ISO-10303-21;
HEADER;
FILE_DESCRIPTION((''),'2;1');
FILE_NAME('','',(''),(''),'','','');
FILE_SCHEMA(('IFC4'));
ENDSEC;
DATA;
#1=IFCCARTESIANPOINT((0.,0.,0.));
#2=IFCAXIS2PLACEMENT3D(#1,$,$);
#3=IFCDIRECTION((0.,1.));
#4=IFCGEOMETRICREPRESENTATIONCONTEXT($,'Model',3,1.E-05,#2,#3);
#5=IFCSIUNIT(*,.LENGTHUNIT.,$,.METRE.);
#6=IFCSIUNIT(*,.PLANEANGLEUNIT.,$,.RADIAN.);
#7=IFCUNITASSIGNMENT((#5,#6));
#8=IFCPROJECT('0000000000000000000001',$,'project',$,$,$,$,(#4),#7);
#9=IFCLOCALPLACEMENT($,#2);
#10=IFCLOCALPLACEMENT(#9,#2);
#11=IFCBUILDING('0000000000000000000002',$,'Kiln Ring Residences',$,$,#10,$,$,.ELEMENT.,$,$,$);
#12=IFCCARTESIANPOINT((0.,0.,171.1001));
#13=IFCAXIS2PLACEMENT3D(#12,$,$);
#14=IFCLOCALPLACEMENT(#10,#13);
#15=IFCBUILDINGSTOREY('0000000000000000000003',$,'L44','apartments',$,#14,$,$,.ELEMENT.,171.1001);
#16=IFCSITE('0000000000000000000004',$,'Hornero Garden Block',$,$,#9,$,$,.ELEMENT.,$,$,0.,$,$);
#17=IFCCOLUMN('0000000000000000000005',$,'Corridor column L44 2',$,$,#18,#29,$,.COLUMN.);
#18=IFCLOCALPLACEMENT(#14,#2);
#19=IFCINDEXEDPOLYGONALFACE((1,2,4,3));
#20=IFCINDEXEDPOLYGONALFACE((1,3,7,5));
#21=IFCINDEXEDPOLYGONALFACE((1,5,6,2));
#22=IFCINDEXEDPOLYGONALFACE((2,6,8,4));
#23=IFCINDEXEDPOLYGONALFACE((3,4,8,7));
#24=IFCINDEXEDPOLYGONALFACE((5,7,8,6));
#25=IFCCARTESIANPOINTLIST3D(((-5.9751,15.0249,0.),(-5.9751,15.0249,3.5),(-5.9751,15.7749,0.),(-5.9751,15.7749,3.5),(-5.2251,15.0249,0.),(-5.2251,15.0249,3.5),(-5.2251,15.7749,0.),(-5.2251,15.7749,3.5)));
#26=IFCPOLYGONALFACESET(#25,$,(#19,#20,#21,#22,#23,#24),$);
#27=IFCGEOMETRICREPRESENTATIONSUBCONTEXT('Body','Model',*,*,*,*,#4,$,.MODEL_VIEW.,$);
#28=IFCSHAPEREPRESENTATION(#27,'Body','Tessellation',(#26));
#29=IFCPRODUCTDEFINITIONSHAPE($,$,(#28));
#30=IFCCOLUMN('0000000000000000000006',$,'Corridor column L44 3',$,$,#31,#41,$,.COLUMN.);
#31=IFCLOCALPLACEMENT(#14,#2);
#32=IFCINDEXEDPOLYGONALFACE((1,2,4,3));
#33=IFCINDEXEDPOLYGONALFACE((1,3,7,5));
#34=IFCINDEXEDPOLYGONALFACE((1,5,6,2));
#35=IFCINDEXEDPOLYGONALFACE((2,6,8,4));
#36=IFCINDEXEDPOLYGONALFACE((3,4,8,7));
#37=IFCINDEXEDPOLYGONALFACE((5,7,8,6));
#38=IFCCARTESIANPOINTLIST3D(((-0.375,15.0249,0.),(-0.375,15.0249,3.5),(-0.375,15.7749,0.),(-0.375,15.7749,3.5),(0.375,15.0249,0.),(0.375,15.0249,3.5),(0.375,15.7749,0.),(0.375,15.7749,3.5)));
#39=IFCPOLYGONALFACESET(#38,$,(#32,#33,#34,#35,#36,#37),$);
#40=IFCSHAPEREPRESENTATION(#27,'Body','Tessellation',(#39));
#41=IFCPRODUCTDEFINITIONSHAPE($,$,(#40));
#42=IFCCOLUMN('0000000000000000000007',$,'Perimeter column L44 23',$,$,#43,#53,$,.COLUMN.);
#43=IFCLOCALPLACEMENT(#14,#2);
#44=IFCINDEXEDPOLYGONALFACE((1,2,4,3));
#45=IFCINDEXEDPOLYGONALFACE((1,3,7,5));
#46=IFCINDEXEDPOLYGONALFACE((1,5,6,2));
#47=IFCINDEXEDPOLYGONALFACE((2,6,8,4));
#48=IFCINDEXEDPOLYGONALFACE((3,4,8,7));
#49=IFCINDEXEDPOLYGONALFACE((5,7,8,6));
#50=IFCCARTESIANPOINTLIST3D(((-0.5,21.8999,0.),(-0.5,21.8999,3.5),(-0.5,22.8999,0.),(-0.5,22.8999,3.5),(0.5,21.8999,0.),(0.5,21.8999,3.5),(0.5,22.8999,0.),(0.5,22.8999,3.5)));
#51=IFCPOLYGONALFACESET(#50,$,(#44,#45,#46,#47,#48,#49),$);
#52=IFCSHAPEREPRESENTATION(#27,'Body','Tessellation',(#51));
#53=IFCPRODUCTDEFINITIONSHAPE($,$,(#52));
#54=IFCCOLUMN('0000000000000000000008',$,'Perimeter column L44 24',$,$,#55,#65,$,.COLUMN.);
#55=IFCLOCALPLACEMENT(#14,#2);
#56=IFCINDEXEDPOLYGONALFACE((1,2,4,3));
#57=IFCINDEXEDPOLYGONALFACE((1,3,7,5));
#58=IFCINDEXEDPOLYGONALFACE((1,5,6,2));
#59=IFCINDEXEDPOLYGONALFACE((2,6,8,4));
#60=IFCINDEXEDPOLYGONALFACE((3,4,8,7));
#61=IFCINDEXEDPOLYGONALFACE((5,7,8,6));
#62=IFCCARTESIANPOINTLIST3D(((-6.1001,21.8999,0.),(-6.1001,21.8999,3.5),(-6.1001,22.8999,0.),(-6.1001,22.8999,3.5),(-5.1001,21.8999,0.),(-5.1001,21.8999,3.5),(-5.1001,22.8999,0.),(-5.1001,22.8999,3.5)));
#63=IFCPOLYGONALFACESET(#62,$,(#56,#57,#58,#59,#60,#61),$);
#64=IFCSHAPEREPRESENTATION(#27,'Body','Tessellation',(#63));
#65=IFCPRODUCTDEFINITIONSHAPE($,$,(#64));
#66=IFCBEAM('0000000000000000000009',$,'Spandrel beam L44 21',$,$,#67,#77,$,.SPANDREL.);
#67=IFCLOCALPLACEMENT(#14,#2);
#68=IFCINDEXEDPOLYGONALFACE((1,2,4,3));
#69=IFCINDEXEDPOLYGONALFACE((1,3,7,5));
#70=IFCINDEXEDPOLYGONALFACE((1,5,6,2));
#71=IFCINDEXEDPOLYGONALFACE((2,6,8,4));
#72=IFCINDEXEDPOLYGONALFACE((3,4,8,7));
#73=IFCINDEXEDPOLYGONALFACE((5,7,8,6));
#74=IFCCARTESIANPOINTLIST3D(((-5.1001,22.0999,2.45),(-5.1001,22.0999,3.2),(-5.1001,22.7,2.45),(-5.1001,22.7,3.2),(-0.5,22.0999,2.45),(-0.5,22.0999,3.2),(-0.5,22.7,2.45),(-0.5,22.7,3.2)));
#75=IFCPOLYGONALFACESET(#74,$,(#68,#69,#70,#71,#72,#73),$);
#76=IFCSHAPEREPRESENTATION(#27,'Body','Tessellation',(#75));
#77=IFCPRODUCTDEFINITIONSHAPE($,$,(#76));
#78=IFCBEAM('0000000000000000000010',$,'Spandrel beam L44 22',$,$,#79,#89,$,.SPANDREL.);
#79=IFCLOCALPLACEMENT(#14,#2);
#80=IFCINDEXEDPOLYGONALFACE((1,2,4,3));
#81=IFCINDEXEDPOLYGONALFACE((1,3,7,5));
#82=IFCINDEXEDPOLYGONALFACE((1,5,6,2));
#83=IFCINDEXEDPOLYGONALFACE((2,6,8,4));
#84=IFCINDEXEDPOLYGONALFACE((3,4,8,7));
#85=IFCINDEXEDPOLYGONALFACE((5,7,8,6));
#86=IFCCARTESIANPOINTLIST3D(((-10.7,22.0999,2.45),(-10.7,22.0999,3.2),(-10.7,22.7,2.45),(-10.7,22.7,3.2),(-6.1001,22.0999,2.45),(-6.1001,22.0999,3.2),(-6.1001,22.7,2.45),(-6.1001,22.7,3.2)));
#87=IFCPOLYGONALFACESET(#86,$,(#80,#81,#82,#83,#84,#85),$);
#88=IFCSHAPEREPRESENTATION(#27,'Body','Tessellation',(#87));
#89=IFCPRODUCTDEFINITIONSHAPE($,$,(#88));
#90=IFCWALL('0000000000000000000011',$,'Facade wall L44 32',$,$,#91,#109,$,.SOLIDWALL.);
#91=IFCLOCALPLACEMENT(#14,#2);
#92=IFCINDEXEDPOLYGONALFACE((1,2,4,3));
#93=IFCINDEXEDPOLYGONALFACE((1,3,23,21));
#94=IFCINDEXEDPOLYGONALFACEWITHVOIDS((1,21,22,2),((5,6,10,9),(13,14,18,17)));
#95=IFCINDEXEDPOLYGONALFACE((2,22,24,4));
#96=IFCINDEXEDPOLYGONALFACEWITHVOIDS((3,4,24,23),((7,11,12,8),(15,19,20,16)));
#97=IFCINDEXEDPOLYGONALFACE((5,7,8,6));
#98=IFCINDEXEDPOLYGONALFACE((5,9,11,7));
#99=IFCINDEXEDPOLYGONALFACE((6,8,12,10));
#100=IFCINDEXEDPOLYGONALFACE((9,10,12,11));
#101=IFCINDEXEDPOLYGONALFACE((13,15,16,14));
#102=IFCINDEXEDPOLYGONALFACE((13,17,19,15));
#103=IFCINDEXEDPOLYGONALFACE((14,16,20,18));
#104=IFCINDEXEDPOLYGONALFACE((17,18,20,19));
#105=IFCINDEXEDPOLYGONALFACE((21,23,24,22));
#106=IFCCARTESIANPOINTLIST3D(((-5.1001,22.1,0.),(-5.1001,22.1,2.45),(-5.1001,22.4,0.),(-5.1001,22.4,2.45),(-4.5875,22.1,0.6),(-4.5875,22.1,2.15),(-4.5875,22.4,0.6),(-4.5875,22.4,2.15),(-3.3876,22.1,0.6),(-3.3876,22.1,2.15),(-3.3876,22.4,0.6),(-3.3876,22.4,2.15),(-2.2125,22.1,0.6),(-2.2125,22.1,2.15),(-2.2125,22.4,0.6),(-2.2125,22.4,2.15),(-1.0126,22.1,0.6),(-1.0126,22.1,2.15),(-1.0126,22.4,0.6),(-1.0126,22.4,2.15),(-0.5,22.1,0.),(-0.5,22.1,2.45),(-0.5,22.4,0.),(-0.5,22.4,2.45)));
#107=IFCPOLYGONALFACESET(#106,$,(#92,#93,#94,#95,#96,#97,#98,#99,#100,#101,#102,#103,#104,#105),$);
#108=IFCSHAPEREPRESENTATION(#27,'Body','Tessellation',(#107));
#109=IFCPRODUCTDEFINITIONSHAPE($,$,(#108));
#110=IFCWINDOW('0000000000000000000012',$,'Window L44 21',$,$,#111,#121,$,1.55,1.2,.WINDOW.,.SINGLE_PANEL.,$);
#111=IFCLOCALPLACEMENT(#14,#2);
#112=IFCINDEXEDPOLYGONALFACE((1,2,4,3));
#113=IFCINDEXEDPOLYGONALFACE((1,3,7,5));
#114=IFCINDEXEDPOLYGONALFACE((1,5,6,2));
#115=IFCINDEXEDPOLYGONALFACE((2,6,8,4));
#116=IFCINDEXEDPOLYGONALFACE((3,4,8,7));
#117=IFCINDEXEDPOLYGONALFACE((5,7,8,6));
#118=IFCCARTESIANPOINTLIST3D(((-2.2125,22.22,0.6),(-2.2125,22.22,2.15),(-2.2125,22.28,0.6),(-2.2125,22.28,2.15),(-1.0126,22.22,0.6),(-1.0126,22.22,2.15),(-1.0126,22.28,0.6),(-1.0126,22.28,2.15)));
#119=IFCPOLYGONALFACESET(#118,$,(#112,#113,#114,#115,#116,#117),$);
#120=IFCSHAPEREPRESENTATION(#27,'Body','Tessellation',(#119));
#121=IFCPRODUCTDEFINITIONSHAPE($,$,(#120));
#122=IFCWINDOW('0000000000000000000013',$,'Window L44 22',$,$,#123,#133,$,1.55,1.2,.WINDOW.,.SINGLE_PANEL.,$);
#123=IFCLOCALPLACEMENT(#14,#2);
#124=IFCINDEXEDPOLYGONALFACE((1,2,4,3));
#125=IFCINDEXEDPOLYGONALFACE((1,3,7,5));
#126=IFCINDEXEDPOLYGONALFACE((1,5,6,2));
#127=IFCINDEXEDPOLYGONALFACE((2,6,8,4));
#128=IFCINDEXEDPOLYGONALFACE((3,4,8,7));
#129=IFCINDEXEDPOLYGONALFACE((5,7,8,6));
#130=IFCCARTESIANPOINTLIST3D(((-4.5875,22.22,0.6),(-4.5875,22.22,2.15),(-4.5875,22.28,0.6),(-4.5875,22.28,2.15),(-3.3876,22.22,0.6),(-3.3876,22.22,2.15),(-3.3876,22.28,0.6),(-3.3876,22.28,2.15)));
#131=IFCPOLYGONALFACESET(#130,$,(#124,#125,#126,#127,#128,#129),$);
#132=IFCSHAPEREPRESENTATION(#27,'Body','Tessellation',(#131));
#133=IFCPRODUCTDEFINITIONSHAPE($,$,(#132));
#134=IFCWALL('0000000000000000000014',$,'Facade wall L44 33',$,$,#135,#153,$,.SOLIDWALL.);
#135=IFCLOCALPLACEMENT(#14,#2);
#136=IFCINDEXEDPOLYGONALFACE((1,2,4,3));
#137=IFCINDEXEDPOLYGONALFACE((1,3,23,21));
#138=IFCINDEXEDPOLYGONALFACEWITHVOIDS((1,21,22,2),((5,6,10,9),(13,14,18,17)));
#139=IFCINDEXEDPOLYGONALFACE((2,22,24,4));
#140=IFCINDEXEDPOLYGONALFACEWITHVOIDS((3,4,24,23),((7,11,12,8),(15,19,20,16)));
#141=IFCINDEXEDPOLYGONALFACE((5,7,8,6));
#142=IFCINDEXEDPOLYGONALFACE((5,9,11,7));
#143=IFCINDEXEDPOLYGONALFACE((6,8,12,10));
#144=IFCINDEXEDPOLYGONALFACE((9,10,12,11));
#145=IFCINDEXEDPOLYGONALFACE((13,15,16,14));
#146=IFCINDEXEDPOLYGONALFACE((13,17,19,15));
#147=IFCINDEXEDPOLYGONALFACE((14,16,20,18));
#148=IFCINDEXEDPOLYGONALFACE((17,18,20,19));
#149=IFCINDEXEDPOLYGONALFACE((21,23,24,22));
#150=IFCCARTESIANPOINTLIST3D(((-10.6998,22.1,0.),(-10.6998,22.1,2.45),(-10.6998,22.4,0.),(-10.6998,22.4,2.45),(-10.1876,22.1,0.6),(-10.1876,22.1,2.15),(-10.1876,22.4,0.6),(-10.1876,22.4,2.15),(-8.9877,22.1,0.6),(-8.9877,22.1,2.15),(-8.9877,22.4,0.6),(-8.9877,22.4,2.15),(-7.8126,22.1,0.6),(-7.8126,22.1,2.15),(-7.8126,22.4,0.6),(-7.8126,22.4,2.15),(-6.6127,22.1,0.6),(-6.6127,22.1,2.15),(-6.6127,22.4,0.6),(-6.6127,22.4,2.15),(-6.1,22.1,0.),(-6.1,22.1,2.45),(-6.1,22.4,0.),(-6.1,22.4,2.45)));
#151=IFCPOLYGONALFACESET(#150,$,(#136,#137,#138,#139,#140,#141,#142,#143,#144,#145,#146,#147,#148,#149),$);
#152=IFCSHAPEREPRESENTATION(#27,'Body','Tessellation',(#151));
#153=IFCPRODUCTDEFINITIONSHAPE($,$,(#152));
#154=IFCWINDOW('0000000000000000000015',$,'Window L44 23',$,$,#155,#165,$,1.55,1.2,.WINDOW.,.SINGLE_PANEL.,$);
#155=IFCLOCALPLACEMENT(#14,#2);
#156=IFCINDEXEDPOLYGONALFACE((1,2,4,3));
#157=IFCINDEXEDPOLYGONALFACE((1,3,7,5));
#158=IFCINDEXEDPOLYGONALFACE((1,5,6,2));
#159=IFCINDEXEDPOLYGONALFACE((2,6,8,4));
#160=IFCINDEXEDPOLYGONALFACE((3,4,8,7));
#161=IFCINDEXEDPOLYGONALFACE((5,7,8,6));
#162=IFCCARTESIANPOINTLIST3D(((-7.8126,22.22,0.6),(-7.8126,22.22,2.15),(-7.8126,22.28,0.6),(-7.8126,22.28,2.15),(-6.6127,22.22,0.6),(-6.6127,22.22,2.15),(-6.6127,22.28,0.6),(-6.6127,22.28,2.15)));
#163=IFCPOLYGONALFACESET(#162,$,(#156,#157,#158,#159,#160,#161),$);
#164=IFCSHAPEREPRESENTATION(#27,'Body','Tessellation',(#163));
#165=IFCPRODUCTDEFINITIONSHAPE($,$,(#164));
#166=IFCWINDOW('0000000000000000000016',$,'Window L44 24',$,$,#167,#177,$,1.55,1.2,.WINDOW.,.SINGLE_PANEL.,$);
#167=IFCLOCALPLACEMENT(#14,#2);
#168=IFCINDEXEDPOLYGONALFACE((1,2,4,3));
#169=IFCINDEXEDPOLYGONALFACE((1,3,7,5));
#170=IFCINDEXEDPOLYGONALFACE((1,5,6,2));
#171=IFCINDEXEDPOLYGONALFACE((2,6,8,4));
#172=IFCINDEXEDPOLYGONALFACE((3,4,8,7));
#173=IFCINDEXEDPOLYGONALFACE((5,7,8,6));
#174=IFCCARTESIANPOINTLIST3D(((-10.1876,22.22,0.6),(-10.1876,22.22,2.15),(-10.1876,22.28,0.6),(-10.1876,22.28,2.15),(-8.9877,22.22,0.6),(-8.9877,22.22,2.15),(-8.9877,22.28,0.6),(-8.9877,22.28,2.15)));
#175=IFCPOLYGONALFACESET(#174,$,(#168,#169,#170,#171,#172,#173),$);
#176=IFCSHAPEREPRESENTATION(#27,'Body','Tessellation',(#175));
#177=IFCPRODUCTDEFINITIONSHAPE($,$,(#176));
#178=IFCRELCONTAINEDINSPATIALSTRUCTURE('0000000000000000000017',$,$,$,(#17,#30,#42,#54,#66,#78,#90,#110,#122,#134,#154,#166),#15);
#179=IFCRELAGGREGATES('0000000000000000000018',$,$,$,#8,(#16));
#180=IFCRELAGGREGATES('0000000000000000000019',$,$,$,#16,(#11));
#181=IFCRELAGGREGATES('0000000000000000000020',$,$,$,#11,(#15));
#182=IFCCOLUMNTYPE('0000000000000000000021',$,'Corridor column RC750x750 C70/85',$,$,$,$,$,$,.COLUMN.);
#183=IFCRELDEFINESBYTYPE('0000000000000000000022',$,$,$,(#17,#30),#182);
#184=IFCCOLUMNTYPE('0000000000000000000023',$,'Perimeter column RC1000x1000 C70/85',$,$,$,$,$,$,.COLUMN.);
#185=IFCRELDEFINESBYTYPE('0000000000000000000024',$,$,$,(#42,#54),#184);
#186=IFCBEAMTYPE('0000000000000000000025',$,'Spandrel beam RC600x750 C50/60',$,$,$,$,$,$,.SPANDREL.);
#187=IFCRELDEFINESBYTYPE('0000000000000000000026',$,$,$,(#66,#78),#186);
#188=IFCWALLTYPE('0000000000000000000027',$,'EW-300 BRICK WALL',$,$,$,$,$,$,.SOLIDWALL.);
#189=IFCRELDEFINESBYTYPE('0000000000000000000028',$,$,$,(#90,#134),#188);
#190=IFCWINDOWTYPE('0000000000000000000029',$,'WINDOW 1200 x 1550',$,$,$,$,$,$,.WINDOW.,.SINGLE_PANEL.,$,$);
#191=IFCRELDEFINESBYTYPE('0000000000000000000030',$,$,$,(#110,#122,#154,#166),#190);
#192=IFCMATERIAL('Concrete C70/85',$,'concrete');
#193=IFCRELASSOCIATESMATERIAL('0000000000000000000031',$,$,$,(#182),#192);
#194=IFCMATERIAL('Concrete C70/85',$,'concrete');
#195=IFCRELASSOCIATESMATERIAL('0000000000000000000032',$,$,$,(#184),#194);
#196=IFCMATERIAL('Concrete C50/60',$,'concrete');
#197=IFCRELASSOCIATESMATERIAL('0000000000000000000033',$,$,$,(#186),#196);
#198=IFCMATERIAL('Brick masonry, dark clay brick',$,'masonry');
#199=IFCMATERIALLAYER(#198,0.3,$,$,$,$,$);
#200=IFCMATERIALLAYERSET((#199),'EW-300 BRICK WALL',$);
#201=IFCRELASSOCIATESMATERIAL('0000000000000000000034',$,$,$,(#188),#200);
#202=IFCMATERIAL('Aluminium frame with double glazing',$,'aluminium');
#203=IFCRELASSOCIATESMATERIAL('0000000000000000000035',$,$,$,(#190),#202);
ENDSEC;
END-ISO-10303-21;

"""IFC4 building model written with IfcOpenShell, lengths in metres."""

from ifc_helpers import new_model, si_unit, direction, frame, frame_2d, origin, origin_2d, place, context, subcontext, project, spatial, rectangle, extrude, material, layer, layer_set, material_profile, profile_set, type_object, element, fill, save


model = new_model("IFC4")

# Units and contexts
model_context = context("Model", 3, precision=1e-05, world=origin(), true_north=direction((0.0, 1.0)))
body_context = subcontext(model_context, "Body", "Model", "MODEL_VIEW")
ifc_project = project(units=[si_unit("LENGTHUNIT", "METRE"), si_unit("PLANEANGLEUNIT", "RADIAN")], contexts=[model_context])

# Site, building, storey
site_placement = place(None, origin())
site = spatial("IfcSite", under=ifc_project, at=site_placement, Name="Hornero Garden Block", CompositionType="ELEMENT", RefElevation=0.0)
building_placement = place(site_placement, origin())
building = spatial("IfcBuilding", under=site, at=building_placement, Name="Kiln Ring Residences", CompositionType="ELEMENT")
storey_placement = place(building_placement, frame((0.0, 0.0, 171.1001)))
storey = spatial("IfcBuildingStorey", under=building, at=storey_placement, Name="L44", Description="apartments", CompositionType="ELEMENT", Elevation=171.1001)

# Columns
ifc_material_1 = material(Name="Concrete C70/85", Category="concrete")
ifc_material_profile_1 = material_profile(ifc_material_1, rectangle(XDim=0.75, YDim=0.75, at=origin_2d()), Name="RC750x750")
ifc_profile_set_1 = profile_set([ifc_material_profile_1], Name="Concrete C70/85")
column_type_1 = type_object("IfcColumnType", Name="Corridor column RC750x750 C70/85", PredefinedType="COLUMN", material=ifc_profile_set_1)
for number, where, z_axis, x_axis, name in (
    (1, (-5.6001, 15.3999, 0.0), (0.0, 0.0, 1.0), (1.0, 0.0, 0.0), "Corridor column L44 2"),
    (2, (0.0, 15.3999, 0.0), (0.0, 0.0, 1.0), (1.0, 0.0, 0.0), "Corridor column L44 3"),
):
    element("IfcColumn", number, at=place(storey_placement, frame(where, z_axis=z_axis, x_axis=x_axis)), inside=storey, type_object=column_type_1, Name=name, PredefinedType="COLUMN", context=body_context, shape_type="SweptSolid", body=[
        extrude(rectangle(XDim=0.75, YDim=0.75, at=origin_2d()), origin(), (0.0, 0.0, 1.0), 3.5),
    ])
ifc_material_2 = material(Name="Concrete C70/85", Category="concrete")
ifc_material_profile_2 = material_profile(ifc_material_2, rectangle(XDim=1.0, YDim=1.0, at=origin_2d()), Name="RC1000x1000")
ifc_profile_set_2 = profile_set([ifc_material_profile_2], Name="Concrete C70/85")
column_type_2 = type_object("IfcColumnType", Name="Perimeter column RC1000x1000 C70/85", PredefinedType="COLUMN", material=ifc_profile_set_2)
for number, where, z_axis, x_axis, name in (
    (3, (0.0, 22.3999, 0.0), (0.0, 0.0, 1.0), (1.0, 0.0, 0.0), "Perimeter column L44 23"),
    (4, (-5.6001, 22.3999, 0.0), (0.0, 0.0, 1.0), (1.0, 0.0, 0.0), "Perimeter column L44 24"),
):
    element("IfcColumn", number, at=place(storey_placement, frame(where, z_axis=z_axis, x_axis=x_axis)), inside=storey, type_object=column_type_2, Name=name, PredefinedType="COLUMN", context=body_context, shape_type="SweptSolid", body=[
        extrude(rectangle(XDim=1.0, YDim=1.0, at=origin_2d()), origin(), (0.0, 0.0, 1.0), 3.5),
    ])

# Beams
ifc_material_3 = material(Name="Concrete C50/60", Category="concrete")
ifc_material_profile_3 = material_profile(ifc_material_3, rectangle(XDim=0.6001, YDim=0.75, at=origin_2d()), Name="RC600x750")
ifc_profile_set_3 = profile_set([ifc_material_profile_3], Name="Concrete C50/60")
beam_type = type_object("IfcBeamType", Name="Spandrel beam RC600x750 C50/60", PredefinedType="SPANDREL", material=ifc_profile_set_3)
beam_1_placement = place(storey_placement, frame((-0.5, 22.3999, 2.825), z_axis=(-1.0, 0.0, 0.0), x_axis=(0.0, -1.0, 0.0)))
element("IfcBeam", 5, at=beam_1_placement, inside=storey, type_object=beam_type, Name="Spandrel beam L44 21", PredefinedType="SPANDREL", context=body_context, shape_type="SweptSolid", body=[
    extrude(rectangle(XDim=0.6001, YDim=0.75, at=origin_2d()), origin(), (0.0, 0.0, 1.0), 4.6001),
])
beam_2_placement = place(storey_placement, frame((-6.1001, 22.3999, 2.825), z_axis=(-1.0, 0.0, 0.0), x_axis=(0.0, -1.0, 0.0)))
element("IfcBeam", 6, at=beam_2_placement, inside=storey, type_object=beam_type, Name="Spandrel beam L44 22", PredefinedType="SPANDREL", context=body_context, shape_type="SweptSolid", body=[
    extrude(rectangle(XDim=0.6001, YDim=0.75, at=origin_2d()), origin(), (0.0, 0.0, 1.0), 4.5999),
])

# Walls, openings, windows
ifc_material_4 = material(Name="Brick masonry, dark clay brick", Category="masonry")
ifc_layer_1 = layer(ifc_material_4, 0.3)
ifc_layer_set_1 = layer_set([ifc_layer_1], Name="EW-300 BRICK WALL")
wall_type_1 = type_object("IfcWallType", Name="EW-300 BRICK WALL", PredefinedType="SOLIDWALL", material=ifc_layer_set_1)
wall_1_placement = place(storey_placement, frame((-0.5, 22.25, 0.0), z_axis=(0.0, 0.0, 1.0), x_axis=(-1.0, 0.0, 0.0)))
wall_1 = element("IfcWall", 7, at=wall_1_placement, inside=storey, type_object=wall_type_1, Name="Facade wall L44 32", PredefinedType="SOLIDWALL", context=body_context, shape_type="SweptSolid", body=[
    extrude(rectangle(XDim=4.6001, YDim=0.3, at=frame_2d((2.3, 0.0))), origin(), (0.0, 0.0, 1.0), 2.45),
])
opening_1_placement = place(wall_1_placement, frame((0.5125, 0.0, 0.6001)))
opening_1 = element("IfcOpeningElement", 8, at=opening_1_placement, cuts=wall_1, PredefinedType="OPENING", context=body_context, shape_type="SweptSolid", body=[
    extrude(rectangle(XDim=1.2, YDim=1.55, at=frame_2d((0.6001, 0.7749))), frame((0.0, 0.1599, 0.0), z_axis=(0.0, -1.0, 0.0), x_axis=(1.0, 0.0, 0.0)), (0.0, 0.0, 1.0), 0.3201),
])
opening_2_placement = place(wall_1_placement, frame((2.8875, 0.0, 0.6001)))
opening_2 = element("IfcOpeningElement", 9, at=opening_2_placement, cuts=wall_1, PredefinedType="OPENING", context=body_context, shape_type="SweptSolid", body=[
    extrude(rectangle(XDim=1.2, YDim=1.55, at=frame_2d((0.6001, 0.7749))), frame((0.0, 0.1599, 0.0), z_axis=(0.0, -1.0, 0.0), x_axis=(1.0, 0.0, 0.0)), (0.0, 0.0, 1.0), 0.3201),
])
ifc_material_5 = material(Name="Aluminium frame with double glazing", Category="aluminium")
window_type = type_object("IfcWindowType", Name="WINDOW 1200 x 1550", PartitioningType="SINGLE_PANEL", PredefinedType="WINDOW", material=ifc_material_5)
window_1_placement = place(opening_1_placement, origin())
window_1 = element("IfcWindow", 10, at=window_1_placement, inside=storey, type_object=window_type, Name="Window L44 21", OverallHeight=1.55, OverallWidth=1.2, PartitioningType="SINGLE_PANEL", PredefinedType="WINDOW", context=body_context, shape_type="SweptSolid", body=[
    extrude(rectangle(XDim=1.2, YDim=1.55, at=frame_2d((0.6001, 0.7749))), frame((0.0, 0.03, 0.0), z_axis=(0.0, -1.0, 0.0), x_axis=(1.0, 0.0, 0.0)), (0.0, 0.0, 1.0), 0.0601),
])
fill(opening_1, window_1)
window_2_placement = place(opening_2_placement, origin())
window_2 = element("IfcWindow", 11, at=window_2_placement, inside=storey, type_object=window_type, Name="Window L44 22", OverallHeight=1.55, OverallWidth=1.2, PartitioningType="SINGLE_PANEL", PredefinedType="WINDOW", context=body_context, shape_type="SweptSolid", body=[
    extrude(rectangle(XDim=1.2, YDim=1.55, at=frame_2d((0.6001, 0.7749))), frame((0.0, 0.03, 0.0), z_axis=(0.0, -1.0, 0.0), x_axis=(1.0, 0.0, 0.0)), (0.0, 0.0, 1.0), 0.0601),
])
fill(opening_2, window_2)
wall_2_placement = place(storey_placement, frame((-6.1001, 22.25, 0.0), z_axis=(0.0, 0.0, 1.0), x_axis=(-1.0, 0.0, 0.0)))
wall_2 = element("IfcWall", 12, at=wall_2_placement, inside=storey, type_object=wall_type_1, Name="Facade wall L44 33", PredefinedType="SOLIDWALL", context=body_context, shape_type="SweptSolid", body=[
    extrude(rectangle(XDim=4.5999, YDim=0.3, at=frame_2d((2.2998, 0.0))), origin(), (0.0, 0.0, 1.0), 2.45),
])
opening_3_placement = place(wall_2_placement, frame((0.5125, 0.0, 0.6001)))
opening_3 = element("IfcOpeningElement", 13, at=opening_3_placement, cuts=wall_2, PredefinedType="OPENING", context=body_context, shape_type="SweptSolid", body=[
    extrude(rectangle(XDim=1.2, YDim=1.55, at=frame_2d((0.6001, 0.7749))), frame((0.0, 0.1599, 0.0), z_axis=(0.0, -1.0, 0.0), x_axis=(1.0, 0.0, 0.0)), (0.0, 0.0, 1.0), 0.3201),
])
opening_4_placement = place(wall_2_placement, frame((2.8875, 0.0, 0.6001)))
opening_4 = element("IfcOpeningElement", 14, at=opening_4_placement, cuts=wall_2, PredefinedType="OPENING", context=body_context, shape_type="SweptSolid", body=[
    extrude(rectangle(XDim=1.2, YDim=1.55, at=frame_2d((0.6001, 0.7749))), frame((0.0, 0.1599, 0.0), z_axis=(0.0, -1.0, 0.0), x_axis=(1.0, 0.0, 0.0)), (0.0, 0.0, 1.0), 0.3201),
])
window_3_placement = place(opening_3_placement, origin())
window_3 = element("IfcWindow", 15, at=window_3_placement, inside=storey, type_object=window_type, Name="Window L44 23", OverallHeight=1.55, OverallWidth=1.2, PartitioningType="SINGLE_PANEL", PredefinedType="WINDOW", context=body_context, shape_type="SweptSolid", body=[
    extrude(rectangle(XDim=1.2, YDim=1.55, at=frame_2d((0.6001, 0.7749))), frame((0.0, 0.03, 0.0), z_axis=(0.0, -1.0, 0.0), x_axis=(1.0, 0.0, 0.0)), (0.0, 0.0, 1.0), 0.0601),
])
fill(opening_3, window_3)
window_4_placement = place(opening_4_placement, origin())
window_4 = element("IfcWindow", 16, at=window_4_placement, inside=storey, type_object=window_type, Name="Window L44 24", OverallHeight=1.55, OverallWidth=1.2, PartitioningType="SINGLE_PANEL", PredefinedType="WINDOW", context=body_context, shape_type="SweptSolid", body=[
    extrude(rectangle(XDim=1.2, YDim=1.55, at=frame_2d((0.6001, 0.7749))), frame((0.0, 0.03, 0.0), z_axis=(0.0, -1.0, 0.0), x_axis=(1.0, 0.0, 0.0)), (0.0, 0.0, 1.0), 0.0601),
])
fill(opening_4, window_4)

save(model, "model.ifc")
